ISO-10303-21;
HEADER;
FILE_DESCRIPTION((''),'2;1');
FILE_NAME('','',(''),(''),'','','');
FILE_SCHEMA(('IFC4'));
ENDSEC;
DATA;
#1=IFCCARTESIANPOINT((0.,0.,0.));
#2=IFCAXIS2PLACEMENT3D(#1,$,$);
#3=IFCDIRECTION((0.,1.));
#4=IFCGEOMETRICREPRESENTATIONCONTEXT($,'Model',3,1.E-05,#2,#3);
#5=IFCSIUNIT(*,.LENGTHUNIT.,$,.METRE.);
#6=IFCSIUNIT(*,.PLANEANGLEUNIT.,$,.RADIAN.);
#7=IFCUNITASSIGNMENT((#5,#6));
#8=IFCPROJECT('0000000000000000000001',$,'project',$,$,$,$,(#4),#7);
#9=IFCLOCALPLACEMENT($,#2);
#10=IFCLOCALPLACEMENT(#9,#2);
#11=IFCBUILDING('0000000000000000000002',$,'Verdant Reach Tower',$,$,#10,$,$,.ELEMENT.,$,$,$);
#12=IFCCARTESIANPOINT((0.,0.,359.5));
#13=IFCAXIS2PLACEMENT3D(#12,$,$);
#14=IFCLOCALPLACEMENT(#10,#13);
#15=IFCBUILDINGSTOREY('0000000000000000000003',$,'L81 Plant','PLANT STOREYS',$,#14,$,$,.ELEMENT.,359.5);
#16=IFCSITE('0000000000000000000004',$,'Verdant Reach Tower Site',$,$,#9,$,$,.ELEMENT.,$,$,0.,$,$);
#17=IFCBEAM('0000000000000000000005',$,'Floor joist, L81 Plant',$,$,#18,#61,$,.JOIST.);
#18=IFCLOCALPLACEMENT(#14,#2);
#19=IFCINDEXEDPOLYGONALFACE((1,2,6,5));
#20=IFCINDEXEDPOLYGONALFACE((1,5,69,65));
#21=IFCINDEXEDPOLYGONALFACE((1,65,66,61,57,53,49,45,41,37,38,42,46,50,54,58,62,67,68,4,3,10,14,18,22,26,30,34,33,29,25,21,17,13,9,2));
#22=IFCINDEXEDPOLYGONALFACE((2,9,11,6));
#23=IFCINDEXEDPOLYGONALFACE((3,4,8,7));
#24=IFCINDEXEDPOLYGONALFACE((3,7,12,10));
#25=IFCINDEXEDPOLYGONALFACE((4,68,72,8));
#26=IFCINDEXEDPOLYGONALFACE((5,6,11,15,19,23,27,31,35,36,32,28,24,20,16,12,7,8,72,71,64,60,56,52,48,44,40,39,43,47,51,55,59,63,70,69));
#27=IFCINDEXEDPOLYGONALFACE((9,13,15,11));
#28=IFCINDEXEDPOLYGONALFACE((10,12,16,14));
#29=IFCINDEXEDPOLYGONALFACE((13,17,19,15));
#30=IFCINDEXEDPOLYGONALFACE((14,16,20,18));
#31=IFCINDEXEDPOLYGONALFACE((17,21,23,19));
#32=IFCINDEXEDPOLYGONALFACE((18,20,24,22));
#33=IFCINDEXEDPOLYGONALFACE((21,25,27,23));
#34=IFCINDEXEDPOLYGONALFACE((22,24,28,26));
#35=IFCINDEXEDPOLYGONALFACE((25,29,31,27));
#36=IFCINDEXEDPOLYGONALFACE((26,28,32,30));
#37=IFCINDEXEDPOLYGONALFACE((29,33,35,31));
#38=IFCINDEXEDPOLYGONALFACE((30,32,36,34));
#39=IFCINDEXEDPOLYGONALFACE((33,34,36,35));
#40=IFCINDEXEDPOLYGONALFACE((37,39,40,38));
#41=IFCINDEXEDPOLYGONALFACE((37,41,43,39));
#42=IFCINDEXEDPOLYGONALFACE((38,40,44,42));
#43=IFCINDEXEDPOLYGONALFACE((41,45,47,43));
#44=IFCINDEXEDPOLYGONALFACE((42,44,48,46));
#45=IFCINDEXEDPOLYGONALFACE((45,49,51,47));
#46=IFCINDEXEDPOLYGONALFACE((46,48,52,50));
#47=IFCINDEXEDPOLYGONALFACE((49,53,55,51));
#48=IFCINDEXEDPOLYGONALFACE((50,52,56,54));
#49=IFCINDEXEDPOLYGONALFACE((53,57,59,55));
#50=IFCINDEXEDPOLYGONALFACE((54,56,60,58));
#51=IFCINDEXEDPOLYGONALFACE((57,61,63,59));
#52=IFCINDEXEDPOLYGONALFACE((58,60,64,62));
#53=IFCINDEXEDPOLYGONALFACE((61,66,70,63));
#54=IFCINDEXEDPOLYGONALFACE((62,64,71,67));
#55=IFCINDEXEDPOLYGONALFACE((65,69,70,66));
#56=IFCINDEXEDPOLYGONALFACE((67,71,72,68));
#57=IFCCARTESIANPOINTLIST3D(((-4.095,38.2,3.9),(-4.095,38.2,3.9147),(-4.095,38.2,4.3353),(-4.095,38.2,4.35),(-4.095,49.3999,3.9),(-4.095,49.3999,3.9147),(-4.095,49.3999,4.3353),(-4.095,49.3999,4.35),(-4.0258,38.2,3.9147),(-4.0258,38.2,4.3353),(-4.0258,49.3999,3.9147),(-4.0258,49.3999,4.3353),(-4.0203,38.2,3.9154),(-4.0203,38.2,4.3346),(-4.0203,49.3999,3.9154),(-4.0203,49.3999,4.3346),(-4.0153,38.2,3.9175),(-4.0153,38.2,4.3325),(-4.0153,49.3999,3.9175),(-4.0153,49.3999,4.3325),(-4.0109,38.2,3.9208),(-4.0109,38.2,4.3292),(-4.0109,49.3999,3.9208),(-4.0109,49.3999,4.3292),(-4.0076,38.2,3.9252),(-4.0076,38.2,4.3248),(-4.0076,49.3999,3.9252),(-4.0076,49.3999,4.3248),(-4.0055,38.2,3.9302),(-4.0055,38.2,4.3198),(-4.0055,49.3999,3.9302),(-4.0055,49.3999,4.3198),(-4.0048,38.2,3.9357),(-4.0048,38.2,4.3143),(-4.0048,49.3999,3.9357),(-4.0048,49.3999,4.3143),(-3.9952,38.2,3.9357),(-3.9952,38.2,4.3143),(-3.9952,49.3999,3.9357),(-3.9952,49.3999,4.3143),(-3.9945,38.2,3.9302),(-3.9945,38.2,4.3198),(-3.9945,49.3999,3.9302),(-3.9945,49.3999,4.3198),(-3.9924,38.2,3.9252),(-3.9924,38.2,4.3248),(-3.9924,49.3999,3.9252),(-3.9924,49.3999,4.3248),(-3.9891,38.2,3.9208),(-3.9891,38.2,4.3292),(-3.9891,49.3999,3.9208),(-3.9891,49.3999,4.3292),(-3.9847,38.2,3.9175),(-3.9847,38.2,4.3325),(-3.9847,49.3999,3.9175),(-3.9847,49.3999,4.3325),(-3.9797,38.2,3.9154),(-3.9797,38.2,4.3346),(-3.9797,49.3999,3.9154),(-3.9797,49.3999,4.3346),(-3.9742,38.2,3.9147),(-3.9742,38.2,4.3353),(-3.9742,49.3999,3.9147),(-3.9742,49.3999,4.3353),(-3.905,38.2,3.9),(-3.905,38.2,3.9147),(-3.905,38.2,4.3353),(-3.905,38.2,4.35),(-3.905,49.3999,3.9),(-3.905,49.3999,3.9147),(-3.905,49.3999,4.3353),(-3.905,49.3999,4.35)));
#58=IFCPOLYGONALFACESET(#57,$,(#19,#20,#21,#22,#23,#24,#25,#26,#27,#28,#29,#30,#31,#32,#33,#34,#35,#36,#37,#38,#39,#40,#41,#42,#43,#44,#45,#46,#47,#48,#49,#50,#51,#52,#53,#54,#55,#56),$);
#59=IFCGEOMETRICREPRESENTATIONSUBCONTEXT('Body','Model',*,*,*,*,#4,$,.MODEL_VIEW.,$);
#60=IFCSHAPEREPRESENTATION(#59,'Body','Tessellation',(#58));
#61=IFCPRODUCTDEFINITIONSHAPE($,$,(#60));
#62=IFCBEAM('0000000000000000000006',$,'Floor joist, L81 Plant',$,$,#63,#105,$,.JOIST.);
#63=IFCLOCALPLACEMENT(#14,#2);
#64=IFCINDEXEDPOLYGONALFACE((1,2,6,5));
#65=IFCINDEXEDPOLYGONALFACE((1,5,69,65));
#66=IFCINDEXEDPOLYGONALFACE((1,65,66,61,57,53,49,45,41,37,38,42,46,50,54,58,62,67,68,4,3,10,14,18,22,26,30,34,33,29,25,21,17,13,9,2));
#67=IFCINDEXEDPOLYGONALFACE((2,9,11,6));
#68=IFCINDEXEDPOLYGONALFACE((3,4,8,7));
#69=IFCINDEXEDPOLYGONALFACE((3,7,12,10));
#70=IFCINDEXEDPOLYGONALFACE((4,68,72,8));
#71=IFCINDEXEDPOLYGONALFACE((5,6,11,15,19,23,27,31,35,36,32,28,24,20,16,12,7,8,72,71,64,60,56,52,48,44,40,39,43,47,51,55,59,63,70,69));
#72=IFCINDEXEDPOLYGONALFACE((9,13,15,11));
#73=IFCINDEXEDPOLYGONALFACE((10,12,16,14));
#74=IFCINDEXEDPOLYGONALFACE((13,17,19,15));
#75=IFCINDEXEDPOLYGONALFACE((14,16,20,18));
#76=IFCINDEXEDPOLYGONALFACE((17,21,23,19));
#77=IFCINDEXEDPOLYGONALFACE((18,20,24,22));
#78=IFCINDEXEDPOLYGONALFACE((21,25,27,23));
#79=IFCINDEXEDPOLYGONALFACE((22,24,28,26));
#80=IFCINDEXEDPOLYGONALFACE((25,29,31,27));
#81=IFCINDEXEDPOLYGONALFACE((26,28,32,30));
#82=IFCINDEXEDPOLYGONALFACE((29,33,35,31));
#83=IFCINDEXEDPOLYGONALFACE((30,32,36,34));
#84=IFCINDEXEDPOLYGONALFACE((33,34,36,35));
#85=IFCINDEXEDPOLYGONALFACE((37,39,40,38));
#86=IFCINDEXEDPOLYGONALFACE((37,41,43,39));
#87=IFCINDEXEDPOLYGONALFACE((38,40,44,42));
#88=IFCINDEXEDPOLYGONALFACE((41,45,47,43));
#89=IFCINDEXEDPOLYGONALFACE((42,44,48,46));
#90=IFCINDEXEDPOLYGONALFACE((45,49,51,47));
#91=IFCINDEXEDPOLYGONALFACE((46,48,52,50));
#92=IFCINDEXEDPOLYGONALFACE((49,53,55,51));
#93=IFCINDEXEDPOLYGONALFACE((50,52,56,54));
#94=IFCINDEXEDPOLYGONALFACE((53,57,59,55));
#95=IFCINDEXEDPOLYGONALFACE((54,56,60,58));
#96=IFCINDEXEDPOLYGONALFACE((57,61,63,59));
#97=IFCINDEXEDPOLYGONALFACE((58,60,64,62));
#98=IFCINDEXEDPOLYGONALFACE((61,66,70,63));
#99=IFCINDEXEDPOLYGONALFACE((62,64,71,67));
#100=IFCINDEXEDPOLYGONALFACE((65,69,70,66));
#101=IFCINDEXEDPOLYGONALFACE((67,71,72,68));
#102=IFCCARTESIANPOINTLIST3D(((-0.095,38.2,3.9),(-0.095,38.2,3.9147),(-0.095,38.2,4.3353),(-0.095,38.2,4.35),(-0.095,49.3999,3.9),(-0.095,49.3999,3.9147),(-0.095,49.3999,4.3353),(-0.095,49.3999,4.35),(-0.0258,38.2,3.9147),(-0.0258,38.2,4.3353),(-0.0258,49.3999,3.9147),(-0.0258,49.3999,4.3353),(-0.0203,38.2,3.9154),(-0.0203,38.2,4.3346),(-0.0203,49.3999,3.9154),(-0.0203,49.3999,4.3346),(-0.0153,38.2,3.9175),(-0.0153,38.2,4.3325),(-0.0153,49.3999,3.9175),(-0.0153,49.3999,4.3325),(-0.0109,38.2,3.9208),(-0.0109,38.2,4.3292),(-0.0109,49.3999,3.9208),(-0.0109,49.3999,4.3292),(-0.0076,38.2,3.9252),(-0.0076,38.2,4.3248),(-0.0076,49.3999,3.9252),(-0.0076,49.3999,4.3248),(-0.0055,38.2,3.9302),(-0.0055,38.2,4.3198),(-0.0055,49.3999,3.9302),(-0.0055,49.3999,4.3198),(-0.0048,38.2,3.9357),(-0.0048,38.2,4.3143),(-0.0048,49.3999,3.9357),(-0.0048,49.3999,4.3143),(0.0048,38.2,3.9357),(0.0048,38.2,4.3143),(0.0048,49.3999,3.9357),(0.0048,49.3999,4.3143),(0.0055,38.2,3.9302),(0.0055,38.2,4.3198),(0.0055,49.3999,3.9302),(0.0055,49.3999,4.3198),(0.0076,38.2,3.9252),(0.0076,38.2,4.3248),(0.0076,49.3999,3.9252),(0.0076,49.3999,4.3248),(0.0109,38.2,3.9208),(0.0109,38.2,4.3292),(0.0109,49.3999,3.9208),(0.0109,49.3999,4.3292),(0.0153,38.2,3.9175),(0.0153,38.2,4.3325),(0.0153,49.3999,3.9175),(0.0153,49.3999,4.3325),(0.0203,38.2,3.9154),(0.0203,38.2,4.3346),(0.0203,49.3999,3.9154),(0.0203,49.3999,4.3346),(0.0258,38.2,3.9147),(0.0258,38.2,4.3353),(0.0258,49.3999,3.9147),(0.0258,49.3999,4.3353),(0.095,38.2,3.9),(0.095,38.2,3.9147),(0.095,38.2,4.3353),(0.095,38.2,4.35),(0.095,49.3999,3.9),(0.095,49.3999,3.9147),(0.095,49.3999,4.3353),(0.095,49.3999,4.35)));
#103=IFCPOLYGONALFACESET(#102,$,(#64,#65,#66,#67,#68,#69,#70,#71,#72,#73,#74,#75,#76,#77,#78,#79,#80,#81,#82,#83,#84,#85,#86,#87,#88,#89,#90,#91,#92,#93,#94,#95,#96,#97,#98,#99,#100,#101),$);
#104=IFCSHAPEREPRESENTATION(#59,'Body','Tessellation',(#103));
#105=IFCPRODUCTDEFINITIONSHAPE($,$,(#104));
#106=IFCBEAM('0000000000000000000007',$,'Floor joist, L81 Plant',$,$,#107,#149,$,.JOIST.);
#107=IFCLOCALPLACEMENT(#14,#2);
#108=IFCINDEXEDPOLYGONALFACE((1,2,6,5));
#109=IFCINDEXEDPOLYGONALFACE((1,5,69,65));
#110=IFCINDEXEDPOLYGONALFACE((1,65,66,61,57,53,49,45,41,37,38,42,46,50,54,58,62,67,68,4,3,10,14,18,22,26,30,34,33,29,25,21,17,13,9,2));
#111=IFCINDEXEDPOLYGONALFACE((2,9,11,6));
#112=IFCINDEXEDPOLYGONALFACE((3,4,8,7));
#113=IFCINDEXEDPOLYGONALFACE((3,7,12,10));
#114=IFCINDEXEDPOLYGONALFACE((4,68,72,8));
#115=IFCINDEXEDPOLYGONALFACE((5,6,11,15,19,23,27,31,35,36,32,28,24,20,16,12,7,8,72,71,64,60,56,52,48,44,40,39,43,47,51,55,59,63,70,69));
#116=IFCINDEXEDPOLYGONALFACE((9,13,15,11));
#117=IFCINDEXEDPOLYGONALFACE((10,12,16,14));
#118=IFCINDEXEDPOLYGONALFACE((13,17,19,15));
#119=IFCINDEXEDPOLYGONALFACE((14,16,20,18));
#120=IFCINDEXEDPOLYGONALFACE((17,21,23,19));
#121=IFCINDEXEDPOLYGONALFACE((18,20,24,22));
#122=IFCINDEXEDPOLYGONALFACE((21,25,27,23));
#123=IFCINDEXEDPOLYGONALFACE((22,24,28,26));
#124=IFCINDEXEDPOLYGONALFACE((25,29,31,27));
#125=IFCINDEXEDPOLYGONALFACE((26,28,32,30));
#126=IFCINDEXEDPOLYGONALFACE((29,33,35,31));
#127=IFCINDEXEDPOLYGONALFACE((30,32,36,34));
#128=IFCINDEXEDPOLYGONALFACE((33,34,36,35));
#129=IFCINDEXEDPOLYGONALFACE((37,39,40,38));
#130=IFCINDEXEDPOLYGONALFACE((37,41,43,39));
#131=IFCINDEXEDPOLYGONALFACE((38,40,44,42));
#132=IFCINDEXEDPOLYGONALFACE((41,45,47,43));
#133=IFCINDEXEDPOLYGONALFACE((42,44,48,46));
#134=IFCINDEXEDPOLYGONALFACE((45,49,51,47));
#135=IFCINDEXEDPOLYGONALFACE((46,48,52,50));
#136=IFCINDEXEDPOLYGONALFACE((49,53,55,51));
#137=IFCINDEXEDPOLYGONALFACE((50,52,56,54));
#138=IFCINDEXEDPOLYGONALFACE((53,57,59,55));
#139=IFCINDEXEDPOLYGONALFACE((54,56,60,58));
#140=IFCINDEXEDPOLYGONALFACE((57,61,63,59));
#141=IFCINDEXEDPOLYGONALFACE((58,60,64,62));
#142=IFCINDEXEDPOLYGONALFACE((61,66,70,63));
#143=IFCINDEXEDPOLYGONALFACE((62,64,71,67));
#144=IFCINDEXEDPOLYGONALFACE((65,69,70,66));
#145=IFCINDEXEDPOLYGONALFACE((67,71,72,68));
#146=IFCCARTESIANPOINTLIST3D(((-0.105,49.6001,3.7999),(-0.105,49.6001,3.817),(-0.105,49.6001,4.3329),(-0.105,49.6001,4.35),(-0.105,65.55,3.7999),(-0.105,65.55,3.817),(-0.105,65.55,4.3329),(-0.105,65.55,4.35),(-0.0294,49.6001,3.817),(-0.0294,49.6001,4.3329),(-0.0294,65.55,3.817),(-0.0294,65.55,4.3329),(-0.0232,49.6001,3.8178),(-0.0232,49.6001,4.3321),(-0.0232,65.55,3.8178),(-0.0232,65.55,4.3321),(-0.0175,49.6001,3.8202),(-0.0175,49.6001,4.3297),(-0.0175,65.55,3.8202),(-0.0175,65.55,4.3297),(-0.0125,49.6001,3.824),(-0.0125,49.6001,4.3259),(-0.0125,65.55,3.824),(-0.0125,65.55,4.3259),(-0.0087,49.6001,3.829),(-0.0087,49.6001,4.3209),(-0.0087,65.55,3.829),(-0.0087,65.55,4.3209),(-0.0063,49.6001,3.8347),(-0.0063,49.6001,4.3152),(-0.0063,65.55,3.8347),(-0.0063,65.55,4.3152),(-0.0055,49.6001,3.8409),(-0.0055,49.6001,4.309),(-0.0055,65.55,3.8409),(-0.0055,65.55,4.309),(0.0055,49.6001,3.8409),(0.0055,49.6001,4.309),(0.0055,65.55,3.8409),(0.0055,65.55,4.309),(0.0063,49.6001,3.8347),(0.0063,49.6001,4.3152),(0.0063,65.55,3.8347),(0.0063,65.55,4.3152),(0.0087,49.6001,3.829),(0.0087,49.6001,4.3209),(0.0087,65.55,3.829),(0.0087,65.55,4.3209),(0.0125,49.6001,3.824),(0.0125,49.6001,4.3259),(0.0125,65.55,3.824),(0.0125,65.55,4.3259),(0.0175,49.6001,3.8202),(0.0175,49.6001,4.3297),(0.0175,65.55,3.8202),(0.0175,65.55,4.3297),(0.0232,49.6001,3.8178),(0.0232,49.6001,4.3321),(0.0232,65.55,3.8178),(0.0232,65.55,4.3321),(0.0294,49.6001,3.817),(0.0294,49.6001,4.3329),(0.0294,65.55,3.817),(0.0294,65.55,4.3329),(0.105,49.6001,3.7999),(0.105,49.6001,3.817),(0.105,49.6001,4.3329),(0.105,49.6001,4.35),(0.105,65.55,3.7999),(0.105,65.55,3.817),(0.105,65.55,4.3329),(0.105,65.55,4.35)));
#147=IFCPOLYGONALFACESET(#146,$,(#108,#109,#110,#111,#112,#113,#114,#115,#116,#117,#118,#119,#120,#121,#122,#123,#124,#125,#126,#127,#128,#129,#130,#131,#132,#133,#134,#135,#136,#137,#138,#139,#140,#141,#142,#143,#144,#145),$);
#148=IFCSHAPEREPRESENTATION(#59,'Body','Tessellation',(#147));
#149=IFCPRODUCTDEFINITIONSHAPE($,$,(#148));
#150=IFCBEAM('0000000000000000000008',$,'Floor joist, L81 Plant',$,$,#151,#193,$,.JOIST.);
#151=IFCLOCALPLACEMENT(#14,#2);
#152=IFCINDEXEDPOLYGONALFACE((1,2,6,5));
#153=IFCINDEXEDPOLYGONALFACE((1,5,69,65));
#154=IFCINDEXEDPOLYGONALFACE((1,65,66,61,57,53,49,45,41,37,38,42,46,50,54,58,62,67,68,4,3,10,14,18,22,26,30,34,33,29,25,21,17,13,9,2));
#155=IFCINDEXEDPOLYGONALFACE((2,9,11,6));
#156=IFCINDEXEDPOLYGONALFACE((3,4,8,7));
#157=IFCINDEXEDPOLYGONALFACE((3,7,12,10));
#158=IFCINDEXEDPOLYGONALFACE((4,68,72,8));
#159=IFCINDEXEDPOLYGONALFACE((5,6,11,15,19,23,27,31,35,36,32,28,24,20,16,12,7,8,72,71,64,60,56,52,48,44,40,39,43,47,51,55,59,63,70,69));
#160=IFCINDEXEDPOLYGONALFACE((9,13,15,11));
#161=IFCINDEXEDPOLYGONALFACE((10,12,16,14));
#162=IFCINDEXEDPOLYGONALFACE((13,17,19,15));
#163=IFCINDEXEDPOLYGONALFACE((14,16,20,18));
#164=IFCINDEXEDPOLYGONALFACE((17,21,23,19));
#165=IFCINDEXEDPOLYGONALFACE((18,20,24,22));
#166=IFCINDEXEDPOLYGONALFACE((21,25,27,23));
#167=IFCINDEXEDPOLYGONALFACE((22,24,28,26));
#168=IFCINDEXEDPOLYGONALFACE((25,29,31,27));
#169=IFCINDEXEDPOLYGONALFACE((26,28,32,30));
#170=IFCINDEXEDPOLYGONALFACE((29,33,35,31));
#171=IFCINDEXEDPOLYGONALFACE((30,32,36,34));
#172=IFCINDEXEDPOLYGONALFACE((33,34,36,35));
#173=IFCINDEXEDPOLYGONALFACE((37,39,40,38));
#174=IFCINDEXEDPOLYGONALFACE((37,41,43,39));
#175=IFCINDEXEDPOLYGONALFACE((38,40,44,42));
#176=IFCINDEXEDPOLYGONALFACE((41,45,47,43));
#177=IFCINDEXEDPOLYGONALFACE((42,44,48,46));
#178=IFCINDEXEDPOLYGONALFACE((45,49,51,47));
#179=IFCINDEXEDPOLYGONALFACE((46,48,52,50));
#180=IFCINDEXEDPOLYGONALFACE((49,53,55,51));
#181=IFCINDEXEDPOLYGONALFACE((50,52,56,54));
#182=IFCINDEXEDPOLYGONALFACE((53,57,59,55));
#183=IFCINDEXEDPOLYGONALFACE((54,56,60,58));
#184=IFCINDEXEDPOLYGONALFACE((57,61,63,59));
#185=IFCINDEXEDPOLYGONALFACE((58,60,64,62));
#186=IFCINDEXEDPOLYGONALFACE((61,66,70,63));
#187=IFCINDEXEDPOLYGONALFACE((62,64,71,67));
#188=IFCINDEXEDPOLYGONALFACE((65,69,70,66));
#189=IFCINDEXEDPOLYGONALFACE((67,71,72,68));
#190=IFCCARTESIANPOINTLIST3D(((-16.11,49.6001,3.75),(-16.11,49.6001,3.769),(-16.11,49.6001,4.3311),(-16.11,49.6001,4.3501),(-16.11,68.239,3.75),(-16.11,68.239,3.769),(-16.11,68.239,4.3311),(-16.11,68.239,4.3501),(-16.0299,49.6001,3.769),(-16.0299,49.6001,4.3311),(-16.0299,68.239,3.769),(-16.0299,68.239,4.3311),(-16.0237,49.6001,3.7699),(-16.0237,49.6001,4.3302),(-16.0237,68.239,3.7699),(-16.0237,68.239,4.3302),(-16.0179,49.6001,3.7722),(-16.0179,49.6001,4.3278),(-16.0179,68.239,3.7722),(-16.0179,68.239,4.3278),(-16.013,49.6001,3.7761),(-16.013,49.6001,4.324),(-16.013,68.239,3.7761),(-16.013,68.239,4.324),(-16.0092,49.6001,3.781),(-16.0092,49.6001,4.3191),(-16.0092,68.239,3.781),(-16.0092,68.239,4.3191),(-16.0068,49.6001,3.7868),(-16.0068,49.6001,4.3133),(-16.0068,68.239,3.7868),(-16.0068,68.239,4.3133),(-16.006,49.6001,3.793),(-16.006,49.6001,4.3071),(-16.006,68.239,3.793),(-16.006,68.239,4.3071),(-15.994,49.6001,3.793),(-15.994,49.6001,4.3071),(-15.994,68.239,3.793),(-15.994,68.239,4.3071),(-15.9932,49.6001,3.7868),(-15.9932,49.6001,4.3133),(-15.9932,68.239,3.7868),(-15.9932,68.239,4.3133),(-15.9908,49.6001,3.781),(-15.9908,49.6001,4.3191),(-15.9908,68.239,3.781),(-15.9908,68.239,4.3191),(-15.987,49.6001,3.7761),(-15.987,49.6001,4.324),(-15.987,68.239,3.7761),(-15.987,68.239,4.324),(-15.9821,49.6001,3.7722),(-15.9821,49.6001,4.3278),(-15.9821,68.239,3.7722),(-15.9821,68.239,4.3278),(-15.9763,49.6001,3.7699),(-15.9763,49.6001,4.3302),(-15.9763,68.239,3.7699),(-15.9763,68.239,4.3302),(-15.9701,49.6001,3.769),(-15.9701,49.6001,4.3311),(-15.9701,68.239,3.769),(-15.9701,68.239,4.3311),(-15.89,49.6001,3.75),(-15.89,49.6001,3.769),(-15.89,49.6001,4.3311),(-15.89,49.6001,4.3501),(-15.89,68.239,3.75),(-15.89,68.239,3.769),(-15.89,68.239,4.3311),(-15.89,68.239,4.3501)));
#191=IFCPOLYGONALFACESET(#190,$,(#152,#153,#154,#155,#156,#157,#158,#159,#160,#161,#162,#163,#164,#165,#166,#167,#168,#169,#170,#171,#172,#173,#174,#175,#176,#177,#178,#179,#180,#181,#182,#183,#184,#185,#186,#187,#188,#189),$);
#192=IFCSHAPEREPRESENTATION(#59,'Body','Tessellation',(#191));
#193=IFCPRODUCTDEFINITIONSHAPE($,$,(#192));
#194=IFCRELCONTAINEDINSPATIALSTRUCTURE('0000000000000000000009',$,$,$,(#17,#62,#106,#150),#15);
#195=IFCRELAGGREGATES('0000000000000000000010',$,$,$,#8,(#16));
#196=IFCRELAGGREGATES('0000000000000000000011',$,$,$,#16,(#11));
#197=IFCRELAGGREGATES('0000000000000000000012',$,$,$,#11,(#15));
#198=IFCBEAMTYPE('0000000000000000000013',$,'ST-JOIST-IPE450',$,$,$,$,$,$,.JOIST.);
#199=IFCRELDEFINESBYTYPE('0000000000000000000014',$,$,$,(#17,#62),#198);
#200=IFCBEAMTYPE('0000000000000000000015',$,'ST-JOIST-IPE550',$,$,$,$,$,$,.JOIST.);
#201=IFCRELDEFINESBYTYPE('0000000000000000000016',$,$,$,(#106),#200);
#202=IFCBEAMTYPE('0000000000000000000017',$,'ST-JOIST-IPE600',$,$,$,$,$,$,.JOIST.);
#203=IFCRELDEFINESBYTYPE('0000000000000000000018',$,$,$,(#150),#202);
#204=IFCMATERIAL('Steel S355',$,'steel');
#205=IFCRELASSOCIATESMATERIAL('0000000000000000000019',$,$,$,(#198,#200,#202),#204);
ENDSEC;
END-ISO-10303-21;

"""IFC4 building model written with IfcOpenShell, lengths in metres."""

from ifc_helpers import new_model, si_unit, direction, frame, origin, origin_2d, place, context, subcontext, project, spatial, i_section, extrude, material, material_profile, profile_set, type_object, element, save


model = new_model("IFC4")

# Units and contexts
model_context = context("Model", 3, precision=1e-05, world=origin(), true_north=direction((0.0, 1.0)))
body_context = subcontext(model_context, "Body", "Model", "MODEL_VIEW")
ifc_project = project(units=[si_unit("LENGTHUNIT", "METRE"), si_unit("PLANEANGLEUNIT", "RADIAN")], contexts=[model_context])

# Site, building, storey
site_placement = place(None, origin())
site = spatial("IfcSite", under=ifc_project, at=site_placement, Name="Verdant Reach Tower Site", CompositionType="ELEMENT", RefElevation=0.0)
building_placement = place(site_placement, origin())
building = spatial("IfcBuilding", under=site, at=building_placement, Name="Verdant Reach Tower", CompositionType="ELEMENT")
storey_placement = place(building_placement, frame((0.0, 0.0, 359.5)))
storey = spatial("IfcBuildingStorey", under=building, at=storey_placement, Name="L81 Plant", Description="PLANT STOREYS", CompositionType="ELEMENT", Elevation=359.5)

# Beams
ifc_material_1 = material(Name="Steel S355", Category="steel")
ifc_material_profile_1 = material_profile(ifc_material_1, i_section(OverallWidth=0.1899, OverallDepth=0.45, WebThickness=0.0095, FlangeThickness=0.0146, FilletRadius=0.021, at=origin_2d()), Name="IPE 450")
ifc_profile_set_1 = profile_set([ifc_material_profile_1], Name="Steel S355")
beam_type_1 = type_object("IfcBeamType", Name="ST-JOIST-IPE450", PredefinedType="JOIST", material=ifc_profile_set_1)
for number, where, z_axis, x_axis, name in (
    (1, (-4.0, 38.2, 4.125), (0.0, 1.0, 0.0), (-1.0, 0.0, 0.0), "Floor joist, L81 Plant"),
    (2, (0.0, 38.2, 4.125), (0.0, 1.0, 0.0), (-1.0, 0.0, 0.0), "Floor joist, L81 Plant"),
):
    element("IfcBeam", number, at=place(storey_placement, frame(where, z_axis=z_axis, x_axis=x_axis)), inside=storey, type_object=beam_type_1, Name=name, PredefinedType="JOIST", context=body_context, shape_type="SweptSolid", body=[
        extrude(i_section(OverallWidth=0.1899, OverallDepth=0.45, WebThickness=0.0095, FlangeThickness=0.0146, FilletRadius=0.021, at=origin_2d()), origin(), (0.0, 0.0, 1.0), 11.2),
    ])
ifc_material_profile_2 = material_profile(ifc_material_1, i_section(OverallWidth=0.21, OverallDepth=0.55, WebThickness=0.011, FlangeThickness=0.0171, FilletRadius=0.0239, at=origin_2d()), Name="IPE 550")
ifc_profile_set_2 = profile_set([ifc_material_profile_2], Name="Steel S355")
beam_type_2 = type_object("IfcBeamType", Name="ST-JOIST-IPE550", PredefinedType="JOIST", material=ifc_profile_set_2)
beam_1_placement = place(storey_placement, frame((0.0, 49.6001, 4.075), z_axis=(0.0, 1.0, 0.0), x_axis=(-1.0, 0.0, 0.0)))
element("IfcBeam", 3, at=beam_1_placement, inside=storey, type_object=beam_type_2, Name="Floor joist, L81 Plant", PredefinedType="JOIST", context=body_context, shape_type="SweptSolid", body=[
    extrude(i_section(OverallWidth=0.21, OverallDepth=0.55, WebThickness=0.011, FlangeThickness=0.0171, FilletRadius=0.0239, at=origin_2d()), origin(), (0.0, 0.0, 1.0), 15.95),
])
ifc_material_profile_3 = material_profile(ifc_material_1, i_section(OverallWidth=0.22, OverallDepth=0.6001, WebThickness=0.012, FlangeThickness=0.019, FilletRadius=0.0239, at=origin_2d()), Name="IPE 600")
ifc_profile_set_3 = profile_set([ifc_material_profile_3], Name="Steel S355")
beam_type_3 = type_object("IfcBeamType", Name="ST-JOIST-IPE600", PredefinedType="JOIST", material=ifc_profile_set_3)
beam_2_placement = place(storey_placement, frame((-16.0, 49.6001, 4.05), z_axis=(0.0, 1.0, 0.0), x_axis=(-1.0, 0.0, 0.0)))
element("IfcBeam", 4, at=beam_2_placement, inside=storey, type_object=beam_type_3, Name="Floor joist, L81 Plant", PredefinedType="JOIST", context=body_context, shape_type="SweptSolid", body=[
    extrude(i_section(OverallWidth=0.22, OverallDepth=0.6001, WebThickness=0.012, FlangeThickness=0.019, FilletRadius=0.0239, at=origin_2d()), origin(), (0.0, 0.0, 1.0), 18.6389),
])

save(model, "model.ifc")
